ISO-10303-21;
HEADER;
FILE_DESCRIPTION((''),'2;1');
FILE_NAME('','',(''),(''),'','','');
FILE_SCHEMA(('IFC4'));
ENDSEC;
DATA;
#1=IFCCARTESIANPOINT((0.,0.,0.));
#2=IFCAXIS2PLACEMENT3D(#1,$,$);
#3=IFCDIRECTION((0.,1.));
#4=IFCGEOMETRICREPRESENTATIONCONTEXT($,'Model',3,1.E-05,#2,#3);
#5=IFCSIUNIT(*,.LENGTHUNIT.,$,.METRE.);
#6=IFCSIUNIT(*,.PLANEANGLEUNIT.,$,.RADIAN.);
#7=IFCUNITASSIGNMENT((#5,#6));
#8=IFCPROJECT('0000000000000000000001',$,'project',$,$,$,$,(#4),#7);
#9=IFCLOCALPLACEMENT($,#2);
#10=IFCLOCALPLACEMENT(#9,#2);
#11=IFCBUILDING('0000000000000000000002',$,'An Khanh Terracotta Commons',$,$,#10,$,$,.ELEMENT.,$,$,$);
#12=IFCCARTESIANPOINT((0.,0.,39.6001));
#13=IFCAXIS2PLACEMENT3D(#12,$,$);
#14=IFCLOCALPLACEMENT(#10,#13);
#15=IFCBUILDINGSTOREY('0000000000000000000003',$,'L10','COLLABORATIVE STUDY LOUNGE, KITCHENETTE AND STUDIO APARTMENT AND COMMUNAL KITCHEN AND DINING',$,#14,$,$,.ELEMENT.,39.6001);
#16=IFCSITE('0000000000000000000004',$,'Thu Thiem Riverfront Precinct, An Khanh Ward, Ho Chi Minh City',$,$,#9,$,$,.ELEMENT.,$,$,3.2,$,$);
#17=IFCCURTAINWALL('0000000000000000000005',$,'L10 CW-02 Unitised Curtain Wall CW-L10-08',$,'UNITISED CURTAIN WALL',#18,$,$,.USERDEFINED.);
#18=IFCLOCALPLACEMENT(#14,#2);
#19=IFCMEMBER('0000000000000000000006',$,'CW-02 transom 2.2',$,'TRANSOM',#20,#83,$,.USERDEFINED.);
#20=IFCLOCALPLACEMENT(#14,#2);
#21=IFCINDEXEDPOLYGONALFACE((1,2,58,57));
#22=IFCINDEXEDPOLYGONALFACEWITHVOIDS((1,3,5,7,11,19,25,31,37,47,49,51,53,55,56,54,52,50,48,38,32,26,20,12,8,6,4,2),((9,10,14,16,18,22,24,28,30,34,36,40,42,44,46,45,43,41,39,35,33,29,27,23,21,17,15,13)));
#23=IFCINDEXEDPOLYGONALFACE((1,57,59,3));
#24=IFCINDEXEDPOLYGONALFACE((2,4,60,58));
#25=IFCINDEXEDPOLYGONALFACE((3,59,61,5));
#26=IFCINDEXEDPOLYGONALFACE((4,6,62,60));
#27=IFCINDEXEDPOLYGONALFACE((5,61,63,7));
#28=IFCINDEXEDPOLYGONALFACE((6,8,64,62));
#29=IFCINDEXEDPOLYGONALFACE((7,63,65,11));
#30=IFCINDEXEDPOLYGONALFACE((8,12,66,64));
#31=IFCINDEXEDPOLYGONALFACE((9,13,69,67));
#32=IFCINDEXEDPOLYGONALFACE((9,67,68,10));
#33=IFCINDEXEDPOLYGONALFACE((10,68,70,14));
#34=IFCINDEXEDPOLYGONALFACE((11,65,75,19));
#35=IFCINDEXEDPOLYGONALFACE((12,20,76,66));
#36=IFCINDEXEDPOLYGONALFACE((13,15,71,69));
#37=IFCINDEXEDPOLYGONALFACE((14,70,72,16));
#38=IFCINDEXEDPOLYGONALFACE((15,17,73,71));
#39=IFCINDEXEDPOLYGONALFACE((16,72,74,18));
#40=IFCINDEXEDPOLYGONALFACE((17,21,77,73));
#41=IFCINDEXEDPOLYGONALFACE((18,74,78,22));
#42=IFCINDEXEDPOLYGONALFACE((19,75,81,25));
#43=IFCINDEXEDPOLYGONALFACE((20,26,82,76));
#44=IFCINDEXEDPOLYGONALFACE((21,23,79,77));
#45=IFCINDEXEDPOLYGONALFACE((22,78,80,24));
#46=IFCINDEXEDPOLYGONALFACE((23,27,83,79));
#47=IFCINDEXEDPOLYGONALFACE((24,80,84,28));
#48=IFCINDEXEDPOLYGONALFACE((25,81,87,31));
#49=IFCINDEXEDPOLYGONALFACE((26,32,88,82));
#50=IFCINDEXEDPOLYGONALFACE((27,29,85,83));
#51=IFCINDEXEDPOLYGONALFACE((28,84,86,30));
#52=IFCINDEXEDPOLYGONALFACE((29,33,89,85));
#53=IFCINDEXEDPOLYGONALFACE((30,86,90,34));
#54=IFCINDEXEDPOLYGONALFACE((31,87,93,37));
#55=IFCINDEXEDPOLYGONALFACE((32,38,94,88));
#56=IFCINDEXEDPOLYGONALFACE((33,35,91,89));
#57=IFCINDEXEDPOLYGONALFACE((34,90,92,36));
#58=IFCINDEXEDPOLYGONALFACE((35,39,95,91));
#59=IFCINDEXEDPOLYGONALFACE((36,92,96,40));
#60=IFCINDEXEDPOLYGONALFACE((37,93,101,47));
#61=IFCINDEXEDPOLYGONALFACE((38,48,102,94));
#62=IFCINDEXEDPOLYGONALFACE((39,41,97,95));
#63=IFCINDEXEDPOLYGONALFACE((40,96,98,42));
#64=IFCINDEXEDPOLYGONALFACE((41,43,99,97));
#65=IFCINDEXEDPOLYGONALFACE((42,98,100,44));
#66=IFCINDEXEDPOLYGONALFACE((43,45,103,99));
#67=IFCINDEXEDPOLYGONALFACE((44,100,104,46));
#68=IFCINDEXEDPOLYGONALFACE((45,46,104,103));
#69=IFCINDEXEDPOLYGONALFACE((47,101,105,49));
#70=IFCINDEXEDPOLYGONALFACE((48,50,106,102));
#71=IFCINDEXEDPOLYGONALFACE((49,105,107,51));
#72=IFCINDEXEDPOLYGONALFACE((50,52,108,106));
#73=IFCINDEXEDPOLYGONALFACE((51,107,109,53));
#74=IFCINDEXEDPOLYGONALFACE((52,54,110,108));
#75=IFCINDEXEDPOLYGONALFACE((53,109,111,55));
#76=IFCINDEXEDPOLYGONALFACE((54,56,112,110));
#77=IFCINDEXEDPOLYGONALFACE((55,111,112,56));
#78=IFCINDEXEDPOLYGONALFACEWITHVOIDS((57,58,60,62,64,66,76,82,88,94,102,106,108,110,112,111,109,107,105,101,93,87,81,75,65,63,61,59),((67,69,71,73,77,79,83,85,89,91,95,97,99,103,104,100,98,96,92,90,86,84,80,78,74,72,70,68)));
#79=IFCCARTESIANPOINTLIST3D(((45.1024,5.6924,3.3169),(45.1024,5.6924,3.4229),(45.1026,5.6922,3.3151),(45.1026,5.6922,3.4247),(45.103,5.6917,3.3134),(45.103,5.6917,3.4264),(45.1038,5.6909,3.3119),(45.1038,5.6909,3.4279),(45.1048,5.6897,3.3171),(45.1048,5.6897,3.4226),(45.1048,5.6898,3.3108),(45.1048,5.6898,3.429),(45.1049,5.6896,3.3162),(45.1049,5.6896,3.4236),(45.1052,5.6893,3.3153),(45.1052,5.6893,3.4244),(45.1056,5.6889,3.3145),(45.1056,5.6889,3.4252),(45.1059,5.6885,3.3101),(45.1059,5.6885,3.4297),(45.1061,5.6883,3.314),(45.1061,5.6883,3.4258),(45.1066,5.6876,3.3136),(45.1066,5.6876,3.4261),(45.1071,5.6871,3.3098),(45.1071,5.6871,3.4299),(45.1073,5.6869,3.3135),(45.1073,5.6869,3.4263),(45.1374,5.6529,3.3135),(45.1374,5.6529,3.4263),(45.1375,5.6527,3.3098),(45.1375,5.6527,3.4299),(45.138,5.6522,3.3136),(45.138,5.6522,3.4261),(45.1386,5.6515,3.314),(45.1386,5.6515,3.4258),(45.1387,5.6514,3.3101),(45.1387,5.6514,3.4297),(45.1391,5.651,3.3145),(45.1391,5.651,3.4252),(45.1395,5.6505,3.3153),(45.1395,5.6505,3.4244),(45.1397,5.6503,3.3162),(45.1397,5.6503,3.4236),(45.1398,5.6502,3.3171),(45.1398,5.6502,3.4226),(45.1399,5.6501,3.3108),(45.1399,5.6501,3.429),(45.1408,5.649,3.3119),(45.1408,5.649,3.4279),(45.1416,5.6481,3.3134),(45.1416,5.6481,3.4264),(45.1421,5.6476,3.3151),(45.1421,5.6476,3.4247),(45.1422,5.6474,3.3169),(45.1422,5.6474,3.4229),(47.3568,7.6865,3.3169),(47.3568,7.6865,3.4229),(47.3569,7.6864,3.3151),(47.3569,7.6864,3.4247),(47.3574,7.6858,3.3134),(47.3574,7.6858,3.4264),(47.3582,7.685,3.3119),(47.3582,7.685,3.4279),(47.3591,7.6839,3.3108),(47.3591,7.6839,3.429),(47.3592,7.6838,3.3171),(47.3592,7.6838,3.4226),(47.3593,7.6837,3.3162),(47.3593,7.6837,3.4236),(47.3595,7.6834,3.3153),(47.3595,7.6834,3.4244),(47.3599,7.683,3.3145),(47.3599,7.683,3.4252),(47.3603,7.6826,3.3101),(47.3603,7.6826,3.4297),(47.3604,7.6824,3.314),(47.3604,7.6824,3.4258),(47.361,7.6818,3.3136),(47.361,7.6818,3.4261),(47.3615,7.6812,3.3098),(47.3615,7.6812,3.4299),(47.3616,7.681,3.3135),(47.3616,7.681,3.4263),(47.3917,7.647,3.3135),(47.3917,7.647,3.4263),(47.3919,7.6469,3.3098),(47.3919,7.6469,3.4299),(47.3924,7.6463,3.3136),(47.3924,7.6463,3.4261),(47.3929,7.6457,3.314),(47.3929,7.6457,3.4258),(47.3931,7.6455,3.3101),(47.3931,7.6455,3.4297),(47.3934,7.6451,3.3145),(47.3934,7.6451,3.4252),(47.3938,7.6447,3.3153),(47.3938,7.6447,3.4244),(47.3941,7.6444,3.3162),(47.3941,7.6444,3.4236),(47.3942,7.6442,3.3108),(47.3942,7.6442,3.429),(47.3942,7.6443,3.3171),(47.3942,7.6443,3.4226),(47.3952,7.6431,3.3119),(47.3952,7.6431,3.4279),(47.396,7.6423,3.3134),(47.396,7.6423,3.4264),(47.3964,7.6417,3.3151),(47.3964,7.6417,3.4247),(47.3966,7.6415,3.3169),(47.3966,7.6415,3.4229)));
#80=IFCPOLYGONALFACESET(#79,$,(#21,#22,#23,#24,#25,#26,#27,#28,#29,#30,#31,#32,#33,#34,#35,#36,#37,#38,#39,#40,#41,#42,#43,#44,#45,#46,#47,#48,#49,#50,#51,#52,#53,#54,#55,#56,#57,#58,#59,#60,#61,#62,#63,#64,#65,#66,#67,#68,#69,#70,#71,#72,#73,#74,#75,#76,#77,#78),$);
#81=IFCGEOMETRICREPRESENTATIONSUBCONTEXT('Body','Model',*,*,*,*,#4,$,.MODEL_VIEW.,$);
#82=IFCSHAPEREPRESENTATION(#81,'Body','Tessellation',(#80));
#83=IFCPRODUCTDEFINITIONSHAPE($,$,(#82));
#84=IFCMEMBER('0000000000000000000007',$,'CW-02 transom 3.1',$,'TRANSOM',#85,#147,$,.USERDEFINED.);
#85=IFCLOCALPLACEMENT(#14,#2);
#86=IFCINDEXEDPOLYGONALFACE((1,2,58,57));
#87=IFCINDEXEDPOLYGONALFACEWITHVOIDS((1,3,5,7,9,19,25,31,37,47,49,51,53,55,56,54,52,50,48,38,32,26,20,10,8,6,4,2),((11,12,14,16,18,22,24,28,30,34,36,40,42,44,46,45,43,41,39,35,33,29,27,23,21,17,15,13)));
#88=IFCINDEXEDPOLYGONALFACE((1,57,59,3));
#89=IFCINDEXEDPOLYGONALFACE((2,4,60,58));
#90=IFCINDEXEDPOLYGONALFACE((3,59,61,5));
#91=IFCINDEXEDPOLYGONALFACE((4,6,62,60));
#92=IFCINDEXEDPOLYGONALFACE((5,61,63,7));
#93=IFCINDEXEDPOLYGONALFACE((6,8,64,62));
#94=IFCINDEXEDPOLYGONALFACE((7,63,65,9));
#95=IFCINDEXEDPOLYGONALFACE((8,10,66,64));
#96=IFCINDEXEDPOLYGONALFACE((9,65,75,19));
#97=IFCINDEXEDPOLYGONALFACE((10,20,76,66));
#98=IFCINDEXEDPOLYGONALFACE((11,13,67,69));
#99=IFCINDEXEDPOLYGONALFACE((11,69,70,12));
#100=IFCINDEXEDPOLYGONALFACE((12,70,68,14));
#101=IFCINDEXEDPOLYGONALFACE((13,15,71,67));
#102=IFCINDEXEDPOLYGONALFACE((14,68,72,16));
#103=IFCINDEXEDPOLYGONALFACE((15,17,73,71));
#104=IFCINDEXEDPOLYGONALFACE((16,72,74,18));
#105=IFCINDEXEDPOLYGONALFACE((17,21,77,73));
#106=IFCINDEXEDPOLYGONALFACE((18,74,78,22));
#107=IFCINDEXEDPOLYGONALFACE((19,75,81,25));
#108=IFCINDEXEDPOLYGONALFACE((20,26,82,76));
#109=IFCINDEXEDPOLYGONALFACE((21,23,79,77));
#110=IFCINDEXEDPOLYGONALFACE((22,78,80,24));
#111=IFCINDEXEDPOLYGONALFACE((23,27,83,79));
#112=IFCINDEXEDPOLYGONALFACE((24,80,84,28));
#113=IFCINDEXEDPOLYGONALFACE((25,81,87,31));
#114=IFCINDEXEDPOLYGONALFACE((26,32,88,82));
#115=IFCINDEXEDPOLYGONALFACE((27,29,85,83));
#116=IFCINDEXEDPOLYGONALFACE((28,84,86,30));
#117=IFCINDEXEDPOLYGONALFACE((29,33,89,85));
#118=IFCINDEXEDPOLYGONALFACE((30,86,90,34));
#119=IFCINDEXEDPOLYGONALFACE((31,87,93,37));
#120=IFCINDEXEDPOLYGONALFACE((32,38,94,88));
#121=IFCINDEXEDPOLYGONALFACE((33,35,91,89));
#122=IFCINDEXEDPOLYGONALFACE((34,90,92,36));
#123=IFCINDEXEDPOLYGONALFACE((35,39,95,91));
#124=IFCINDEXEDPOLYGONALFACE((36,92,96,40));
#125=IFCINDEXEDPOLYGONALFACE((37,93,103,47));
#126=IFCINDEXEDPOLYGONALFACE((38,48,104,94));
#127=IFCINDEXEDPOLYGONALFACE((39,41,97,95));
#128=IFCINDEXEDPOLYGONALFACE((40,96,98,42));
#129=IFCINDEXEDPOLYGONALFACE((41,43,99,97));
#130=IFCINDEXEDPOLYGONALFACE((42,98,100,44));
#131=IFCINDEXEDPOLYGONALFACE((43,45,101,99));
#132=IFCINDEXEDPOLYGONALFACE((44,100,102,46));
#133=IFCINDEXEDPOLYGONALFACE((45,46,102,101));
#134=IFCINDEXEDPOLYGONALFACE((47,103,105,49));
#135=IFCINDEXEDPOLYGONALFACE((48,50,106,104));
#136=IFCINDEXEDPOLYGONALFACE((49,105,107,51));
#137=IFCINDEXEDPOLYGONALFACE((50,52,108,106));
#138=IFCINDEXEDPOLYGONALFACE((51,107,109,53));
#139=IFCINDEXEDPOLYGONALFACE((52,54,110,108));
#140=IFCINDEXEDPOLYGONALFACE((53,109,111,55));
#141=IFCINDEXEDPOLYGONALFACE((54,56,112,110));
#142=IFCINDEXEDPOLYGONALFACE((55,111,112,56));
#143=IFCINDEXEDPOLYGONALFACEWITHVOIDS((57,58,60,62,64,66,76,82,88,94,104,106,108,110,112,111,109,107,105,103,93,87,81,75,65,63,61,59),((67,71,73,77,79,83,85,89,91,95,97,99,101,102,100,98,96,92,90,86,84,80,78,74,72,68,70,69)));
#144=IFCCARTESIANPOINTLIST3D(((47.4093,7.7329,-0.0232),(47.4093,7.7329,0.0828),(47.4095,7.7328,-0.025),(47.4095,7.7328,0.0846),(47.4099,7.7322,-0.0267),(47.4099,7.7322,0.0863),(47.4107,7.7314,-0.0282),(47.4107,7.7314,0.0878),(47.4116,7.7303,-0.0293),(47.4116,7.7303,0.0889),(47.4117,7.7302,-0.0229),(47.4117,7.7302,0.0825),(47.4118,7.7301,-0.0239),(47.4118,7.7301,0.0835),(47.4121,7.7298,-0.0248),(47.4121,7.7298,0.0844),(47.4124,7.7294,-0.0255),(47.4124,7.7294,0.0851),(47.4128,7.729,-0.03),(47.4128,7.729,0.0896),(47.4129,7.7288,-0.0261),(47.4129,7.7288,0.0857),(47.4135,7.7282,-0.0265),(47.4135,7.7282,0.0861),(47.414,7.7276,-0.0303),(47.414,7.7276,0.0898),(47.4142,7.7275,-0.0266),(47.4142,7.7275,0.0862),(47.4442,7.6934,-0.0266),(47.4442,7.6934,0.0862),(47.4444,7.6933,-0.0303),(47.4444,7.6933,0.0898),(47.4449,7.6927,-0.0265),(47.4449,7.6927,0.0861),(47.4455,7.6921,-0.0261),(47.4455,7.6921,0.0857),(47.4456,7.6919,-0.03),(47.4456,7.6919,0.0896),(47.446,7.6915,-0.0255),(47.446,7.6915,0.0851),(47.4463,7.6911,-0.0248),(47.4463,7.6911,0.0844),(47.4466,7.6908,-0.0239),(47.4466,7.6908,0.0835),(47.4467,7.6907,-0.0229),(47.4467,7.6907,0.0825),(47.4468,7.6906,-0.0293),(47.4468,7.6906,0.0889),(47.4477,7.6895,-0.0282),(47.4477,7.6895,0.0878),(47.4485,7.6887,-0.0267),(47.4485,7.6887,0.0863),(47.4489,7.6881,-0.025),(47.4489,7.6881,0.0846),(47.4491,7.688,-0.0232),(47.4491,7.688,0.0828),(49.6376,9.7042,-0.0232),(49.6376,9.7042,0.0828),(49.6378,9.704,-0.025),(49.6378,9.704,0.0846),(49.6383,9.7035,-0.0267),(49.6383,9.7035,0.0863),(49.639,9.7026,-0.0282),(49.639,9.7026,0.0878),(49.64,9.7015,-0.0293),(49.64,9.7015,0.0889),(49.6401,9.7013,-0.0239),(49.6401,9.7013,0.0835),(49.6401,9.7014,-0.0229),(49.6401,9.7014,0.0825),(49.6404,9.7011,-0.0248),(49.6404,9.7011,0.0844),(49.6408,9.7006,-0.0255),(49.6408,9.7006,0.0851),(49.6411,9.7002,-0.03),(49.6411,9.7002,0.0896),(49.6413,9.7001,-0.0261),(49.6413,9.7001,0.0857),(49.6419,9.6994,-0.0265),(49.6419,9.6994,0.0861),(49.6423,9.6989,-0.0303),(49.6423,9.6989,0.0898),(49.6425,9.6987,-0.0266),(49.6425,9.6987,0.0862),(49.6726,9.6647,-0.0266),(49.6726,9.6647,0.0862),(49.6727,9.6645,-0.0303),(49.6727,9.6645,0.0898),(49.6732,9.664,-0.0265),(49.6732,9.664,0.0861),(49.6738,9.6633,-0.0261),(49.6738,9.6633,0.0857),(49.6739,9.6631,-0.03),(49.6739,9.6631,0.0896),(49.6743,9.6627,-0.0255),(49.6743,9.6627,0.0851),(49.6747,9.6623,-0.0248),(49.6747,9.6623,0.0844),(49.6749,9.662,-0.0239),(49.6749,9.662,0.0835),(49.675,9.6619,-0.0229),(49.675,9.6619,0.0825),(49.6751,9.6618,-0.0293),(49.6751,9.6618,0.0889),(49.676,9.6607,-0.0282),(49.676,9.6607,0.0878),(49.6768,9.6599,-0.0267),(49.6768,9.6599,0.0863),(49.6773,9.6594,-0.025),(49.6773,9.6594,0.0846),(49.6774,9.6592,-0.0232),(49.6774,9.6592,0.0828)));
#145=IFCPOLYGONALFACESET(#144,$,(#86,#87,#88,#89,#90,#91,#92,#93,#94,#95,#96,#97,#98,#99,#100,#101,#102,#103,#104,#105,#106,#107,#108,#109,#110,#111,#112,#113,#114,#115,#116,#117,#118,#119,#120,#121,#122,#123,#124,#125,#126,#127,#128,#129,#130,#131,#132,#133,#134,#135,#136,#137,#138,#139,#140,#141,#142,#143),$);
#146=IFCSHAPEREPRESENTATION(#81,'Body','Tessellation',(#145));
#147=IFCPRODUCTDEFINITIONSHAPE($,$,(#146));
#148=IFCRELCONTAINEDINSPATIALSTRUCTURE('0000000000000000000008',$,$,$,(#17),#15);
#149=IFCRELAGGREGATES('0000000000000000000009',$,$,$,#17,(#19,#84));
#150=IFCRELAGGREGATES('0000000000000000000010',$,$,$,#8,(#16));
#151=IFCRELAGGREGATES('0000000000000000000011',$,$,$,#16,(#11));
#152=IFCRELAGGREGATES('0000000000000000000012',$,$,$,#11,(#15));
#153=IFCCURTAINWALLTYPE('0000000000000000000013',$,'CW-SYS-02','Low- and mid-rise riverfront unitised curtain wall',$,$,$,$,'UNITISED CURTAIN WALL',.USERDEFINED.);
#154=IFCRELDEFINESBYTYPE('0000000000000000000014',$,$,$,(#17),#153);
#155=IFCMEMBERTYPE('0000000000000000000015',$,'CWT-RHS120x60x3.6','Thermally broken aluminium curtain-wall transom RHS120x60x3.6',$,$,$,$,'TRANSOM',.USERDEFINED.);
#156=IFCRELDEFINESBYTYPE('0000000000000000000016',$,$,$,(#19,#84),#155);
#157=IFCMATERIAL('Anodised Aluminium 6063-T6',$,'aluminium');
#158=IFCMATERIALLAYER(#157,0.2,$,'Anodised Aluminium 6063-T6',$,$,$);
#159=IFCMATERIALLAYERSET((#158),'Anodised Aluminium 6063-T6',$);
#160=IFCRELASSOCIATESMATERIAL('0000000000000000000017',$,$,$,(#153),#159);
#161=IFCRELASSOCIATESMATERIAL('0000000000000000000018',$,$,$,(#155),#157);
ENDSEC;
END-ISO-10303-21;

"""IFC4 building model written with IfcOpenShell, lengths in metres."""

from ifc_helpers import new_model, si_unit, direction, frame, origin, origin_2d, place, context, subcontext, project, spatial, hollow_rectangle, extrude, material, layer, layer_set, material_profile, profile_set, type_object, element, aggregate, save


model = new_model("IFC4")

# Units and contexts
model_context = context("Model", 3, precision=1e-05, world=origin(), true_north=direction((0.0, 1.0)))
body_context = subcontext(model_context, "Body", "Model", "MODEL_VIEW")
ifc_project = project(units=[si_unit("LENGTHUNIT", "METRE"), si_unit("PLANEANGLEUNIT", "RADIAN")], contexts=[model_context])

# Site, building, storey
site_placement = place(None, origin())
site = spatial("IfcSite", under=ifc_project, at=site_placement, Name="Thu Thiem Riverfront Precinct, An Khanh Ward, Ho Chi Minh City", CompositionType="ELEMENT", RefElevation=3.2)
building_placement = place(site_placement, origin())
building = spatial("IfcBuilding", under=site, at=building_placement, Name="An Khanh Terracotta Commons", CompositionType="ELEMENT")
storey_placement = place(building_placement, frame((0.0, 0.0, 39.6001)))
storey = spatial("IfcBuildingStorey", under=building, at=storey_placement, Name="L10", Description="COLLABORATIVE STUDY LOUNGE, KITCHENETTE AND STUDIO APARTMENT AND COMMUNAL KITCHEN AND DINING", CompositionType="ELEMENT", Elevation=39.6001)

# Curtain wall
ifc_material_1 = material(Name="Anodised Aluminium 6063-T6", Category="aluminium")
ifc_layer_1 = layer(ifc_material_1, 0.2, Name="Anodised Aluminium 6063-T6")
ifc_layer_set_1 = layer_set([ifc_layer_1], Name="Anodised Aluminium 6063-T6")
curtain_wall_type = type_object("IfcCurtainWallType", Name="CW-SYS-02", Description="Low- and mid-rise riverfront unitised curtain wall", ElementType="UNITISED CURTAIN WALL", PredefinedType="USERDEFINED", material=ifc_layer_set_1)
curtain_wall_1_placement = place(storey_placement, origin())
curtain_wall_1 = element("IfcCurtainWall", 1, at=curtain_wall_1_placement, inside=storey, type_object=curtain_wall_type, Name="L10 CW-02 Unitised Curtain Wall CW-L10-08", ObjectType="UNITISED CURTAIN WALL", PredefinedType="USERDEFINED")

# Members
ifc_material_profile_1 = material_profile(ifc_material_1, hollow_rectangle(XDim=0.0601, YDim=0.1201, WallThickness=0.0037, InnerFilletRadius=0.0037, OuterFilletRadius=0.0071, at=origin_2d()), Name="RHS120x60x3.6")
ifc_profile_set_1 = profile_set([ifc_material_profile_1], Name="Anodised Aluminium 6063-T6")
member_type_1 = type_object("IfcMemberType", Name="CWT-RHS120x60x3.6", Description="Thermally broken aluminium curtain-wall transom RHS120x60x3.6", ElementType="TRANSOM", PredefinedType="USERDEFINED", material=ifc_profile_set_1)
member_1_placement = place(storey_placement, frame((45.1223, 5.6699, 3.3699), z_axis=(0.749018, 0.662549, 0.0), x_axis=(-0.662549, 0.749018, 0.0)))
member_1 = element("IfcMember", 2, at=member_1_placement, type_object=member_type_1, Name="CW-02 transom 2.2", ObjectType="TRANSOM", PredefinedType="USERDEFINED", context=body_context, shape_type="SweptSolid", body=[
    extrude(hollow_rectangle(XDim=0.0601, YDim=0.1201, WallThickness=0.0037, InnerFilletRadius=0.0037, OuterFilletRadius=0.0071, at=origin_2d()), origin(), (0.0, 0.0, 1.0), 3.0098),
])
member_2_placement = place(storey_placement, frame((47.4292, 7.7104, 0.0298), z_axis=(0.748992, 0.662579, 0.0), x_axis=(-0.662579, 0.748992, 0.0)))
member_2 = element("IfcMember", 3, at=member_2_placement, type_object=member_type_1, Name="CW-02 transom 3.1", ObjectType="TRANSOM", PredefinedType="USERDEFINED", context=body_context, shape_type="SweptSolid", body=[
    extrude(hollow_rectangle(XDim=0.0601, YDim=0.1201, WallThickness=0.0037, InnerFilletRadius=0.0037, OuterFilletRadius=0.0071, at=origin_2d()), origin(), (0.0, 0.0, 1.0), 2.9751),
])

aggregate(curtain_wall_1, [member_1, member_2])

save(model, "model.ifc")
